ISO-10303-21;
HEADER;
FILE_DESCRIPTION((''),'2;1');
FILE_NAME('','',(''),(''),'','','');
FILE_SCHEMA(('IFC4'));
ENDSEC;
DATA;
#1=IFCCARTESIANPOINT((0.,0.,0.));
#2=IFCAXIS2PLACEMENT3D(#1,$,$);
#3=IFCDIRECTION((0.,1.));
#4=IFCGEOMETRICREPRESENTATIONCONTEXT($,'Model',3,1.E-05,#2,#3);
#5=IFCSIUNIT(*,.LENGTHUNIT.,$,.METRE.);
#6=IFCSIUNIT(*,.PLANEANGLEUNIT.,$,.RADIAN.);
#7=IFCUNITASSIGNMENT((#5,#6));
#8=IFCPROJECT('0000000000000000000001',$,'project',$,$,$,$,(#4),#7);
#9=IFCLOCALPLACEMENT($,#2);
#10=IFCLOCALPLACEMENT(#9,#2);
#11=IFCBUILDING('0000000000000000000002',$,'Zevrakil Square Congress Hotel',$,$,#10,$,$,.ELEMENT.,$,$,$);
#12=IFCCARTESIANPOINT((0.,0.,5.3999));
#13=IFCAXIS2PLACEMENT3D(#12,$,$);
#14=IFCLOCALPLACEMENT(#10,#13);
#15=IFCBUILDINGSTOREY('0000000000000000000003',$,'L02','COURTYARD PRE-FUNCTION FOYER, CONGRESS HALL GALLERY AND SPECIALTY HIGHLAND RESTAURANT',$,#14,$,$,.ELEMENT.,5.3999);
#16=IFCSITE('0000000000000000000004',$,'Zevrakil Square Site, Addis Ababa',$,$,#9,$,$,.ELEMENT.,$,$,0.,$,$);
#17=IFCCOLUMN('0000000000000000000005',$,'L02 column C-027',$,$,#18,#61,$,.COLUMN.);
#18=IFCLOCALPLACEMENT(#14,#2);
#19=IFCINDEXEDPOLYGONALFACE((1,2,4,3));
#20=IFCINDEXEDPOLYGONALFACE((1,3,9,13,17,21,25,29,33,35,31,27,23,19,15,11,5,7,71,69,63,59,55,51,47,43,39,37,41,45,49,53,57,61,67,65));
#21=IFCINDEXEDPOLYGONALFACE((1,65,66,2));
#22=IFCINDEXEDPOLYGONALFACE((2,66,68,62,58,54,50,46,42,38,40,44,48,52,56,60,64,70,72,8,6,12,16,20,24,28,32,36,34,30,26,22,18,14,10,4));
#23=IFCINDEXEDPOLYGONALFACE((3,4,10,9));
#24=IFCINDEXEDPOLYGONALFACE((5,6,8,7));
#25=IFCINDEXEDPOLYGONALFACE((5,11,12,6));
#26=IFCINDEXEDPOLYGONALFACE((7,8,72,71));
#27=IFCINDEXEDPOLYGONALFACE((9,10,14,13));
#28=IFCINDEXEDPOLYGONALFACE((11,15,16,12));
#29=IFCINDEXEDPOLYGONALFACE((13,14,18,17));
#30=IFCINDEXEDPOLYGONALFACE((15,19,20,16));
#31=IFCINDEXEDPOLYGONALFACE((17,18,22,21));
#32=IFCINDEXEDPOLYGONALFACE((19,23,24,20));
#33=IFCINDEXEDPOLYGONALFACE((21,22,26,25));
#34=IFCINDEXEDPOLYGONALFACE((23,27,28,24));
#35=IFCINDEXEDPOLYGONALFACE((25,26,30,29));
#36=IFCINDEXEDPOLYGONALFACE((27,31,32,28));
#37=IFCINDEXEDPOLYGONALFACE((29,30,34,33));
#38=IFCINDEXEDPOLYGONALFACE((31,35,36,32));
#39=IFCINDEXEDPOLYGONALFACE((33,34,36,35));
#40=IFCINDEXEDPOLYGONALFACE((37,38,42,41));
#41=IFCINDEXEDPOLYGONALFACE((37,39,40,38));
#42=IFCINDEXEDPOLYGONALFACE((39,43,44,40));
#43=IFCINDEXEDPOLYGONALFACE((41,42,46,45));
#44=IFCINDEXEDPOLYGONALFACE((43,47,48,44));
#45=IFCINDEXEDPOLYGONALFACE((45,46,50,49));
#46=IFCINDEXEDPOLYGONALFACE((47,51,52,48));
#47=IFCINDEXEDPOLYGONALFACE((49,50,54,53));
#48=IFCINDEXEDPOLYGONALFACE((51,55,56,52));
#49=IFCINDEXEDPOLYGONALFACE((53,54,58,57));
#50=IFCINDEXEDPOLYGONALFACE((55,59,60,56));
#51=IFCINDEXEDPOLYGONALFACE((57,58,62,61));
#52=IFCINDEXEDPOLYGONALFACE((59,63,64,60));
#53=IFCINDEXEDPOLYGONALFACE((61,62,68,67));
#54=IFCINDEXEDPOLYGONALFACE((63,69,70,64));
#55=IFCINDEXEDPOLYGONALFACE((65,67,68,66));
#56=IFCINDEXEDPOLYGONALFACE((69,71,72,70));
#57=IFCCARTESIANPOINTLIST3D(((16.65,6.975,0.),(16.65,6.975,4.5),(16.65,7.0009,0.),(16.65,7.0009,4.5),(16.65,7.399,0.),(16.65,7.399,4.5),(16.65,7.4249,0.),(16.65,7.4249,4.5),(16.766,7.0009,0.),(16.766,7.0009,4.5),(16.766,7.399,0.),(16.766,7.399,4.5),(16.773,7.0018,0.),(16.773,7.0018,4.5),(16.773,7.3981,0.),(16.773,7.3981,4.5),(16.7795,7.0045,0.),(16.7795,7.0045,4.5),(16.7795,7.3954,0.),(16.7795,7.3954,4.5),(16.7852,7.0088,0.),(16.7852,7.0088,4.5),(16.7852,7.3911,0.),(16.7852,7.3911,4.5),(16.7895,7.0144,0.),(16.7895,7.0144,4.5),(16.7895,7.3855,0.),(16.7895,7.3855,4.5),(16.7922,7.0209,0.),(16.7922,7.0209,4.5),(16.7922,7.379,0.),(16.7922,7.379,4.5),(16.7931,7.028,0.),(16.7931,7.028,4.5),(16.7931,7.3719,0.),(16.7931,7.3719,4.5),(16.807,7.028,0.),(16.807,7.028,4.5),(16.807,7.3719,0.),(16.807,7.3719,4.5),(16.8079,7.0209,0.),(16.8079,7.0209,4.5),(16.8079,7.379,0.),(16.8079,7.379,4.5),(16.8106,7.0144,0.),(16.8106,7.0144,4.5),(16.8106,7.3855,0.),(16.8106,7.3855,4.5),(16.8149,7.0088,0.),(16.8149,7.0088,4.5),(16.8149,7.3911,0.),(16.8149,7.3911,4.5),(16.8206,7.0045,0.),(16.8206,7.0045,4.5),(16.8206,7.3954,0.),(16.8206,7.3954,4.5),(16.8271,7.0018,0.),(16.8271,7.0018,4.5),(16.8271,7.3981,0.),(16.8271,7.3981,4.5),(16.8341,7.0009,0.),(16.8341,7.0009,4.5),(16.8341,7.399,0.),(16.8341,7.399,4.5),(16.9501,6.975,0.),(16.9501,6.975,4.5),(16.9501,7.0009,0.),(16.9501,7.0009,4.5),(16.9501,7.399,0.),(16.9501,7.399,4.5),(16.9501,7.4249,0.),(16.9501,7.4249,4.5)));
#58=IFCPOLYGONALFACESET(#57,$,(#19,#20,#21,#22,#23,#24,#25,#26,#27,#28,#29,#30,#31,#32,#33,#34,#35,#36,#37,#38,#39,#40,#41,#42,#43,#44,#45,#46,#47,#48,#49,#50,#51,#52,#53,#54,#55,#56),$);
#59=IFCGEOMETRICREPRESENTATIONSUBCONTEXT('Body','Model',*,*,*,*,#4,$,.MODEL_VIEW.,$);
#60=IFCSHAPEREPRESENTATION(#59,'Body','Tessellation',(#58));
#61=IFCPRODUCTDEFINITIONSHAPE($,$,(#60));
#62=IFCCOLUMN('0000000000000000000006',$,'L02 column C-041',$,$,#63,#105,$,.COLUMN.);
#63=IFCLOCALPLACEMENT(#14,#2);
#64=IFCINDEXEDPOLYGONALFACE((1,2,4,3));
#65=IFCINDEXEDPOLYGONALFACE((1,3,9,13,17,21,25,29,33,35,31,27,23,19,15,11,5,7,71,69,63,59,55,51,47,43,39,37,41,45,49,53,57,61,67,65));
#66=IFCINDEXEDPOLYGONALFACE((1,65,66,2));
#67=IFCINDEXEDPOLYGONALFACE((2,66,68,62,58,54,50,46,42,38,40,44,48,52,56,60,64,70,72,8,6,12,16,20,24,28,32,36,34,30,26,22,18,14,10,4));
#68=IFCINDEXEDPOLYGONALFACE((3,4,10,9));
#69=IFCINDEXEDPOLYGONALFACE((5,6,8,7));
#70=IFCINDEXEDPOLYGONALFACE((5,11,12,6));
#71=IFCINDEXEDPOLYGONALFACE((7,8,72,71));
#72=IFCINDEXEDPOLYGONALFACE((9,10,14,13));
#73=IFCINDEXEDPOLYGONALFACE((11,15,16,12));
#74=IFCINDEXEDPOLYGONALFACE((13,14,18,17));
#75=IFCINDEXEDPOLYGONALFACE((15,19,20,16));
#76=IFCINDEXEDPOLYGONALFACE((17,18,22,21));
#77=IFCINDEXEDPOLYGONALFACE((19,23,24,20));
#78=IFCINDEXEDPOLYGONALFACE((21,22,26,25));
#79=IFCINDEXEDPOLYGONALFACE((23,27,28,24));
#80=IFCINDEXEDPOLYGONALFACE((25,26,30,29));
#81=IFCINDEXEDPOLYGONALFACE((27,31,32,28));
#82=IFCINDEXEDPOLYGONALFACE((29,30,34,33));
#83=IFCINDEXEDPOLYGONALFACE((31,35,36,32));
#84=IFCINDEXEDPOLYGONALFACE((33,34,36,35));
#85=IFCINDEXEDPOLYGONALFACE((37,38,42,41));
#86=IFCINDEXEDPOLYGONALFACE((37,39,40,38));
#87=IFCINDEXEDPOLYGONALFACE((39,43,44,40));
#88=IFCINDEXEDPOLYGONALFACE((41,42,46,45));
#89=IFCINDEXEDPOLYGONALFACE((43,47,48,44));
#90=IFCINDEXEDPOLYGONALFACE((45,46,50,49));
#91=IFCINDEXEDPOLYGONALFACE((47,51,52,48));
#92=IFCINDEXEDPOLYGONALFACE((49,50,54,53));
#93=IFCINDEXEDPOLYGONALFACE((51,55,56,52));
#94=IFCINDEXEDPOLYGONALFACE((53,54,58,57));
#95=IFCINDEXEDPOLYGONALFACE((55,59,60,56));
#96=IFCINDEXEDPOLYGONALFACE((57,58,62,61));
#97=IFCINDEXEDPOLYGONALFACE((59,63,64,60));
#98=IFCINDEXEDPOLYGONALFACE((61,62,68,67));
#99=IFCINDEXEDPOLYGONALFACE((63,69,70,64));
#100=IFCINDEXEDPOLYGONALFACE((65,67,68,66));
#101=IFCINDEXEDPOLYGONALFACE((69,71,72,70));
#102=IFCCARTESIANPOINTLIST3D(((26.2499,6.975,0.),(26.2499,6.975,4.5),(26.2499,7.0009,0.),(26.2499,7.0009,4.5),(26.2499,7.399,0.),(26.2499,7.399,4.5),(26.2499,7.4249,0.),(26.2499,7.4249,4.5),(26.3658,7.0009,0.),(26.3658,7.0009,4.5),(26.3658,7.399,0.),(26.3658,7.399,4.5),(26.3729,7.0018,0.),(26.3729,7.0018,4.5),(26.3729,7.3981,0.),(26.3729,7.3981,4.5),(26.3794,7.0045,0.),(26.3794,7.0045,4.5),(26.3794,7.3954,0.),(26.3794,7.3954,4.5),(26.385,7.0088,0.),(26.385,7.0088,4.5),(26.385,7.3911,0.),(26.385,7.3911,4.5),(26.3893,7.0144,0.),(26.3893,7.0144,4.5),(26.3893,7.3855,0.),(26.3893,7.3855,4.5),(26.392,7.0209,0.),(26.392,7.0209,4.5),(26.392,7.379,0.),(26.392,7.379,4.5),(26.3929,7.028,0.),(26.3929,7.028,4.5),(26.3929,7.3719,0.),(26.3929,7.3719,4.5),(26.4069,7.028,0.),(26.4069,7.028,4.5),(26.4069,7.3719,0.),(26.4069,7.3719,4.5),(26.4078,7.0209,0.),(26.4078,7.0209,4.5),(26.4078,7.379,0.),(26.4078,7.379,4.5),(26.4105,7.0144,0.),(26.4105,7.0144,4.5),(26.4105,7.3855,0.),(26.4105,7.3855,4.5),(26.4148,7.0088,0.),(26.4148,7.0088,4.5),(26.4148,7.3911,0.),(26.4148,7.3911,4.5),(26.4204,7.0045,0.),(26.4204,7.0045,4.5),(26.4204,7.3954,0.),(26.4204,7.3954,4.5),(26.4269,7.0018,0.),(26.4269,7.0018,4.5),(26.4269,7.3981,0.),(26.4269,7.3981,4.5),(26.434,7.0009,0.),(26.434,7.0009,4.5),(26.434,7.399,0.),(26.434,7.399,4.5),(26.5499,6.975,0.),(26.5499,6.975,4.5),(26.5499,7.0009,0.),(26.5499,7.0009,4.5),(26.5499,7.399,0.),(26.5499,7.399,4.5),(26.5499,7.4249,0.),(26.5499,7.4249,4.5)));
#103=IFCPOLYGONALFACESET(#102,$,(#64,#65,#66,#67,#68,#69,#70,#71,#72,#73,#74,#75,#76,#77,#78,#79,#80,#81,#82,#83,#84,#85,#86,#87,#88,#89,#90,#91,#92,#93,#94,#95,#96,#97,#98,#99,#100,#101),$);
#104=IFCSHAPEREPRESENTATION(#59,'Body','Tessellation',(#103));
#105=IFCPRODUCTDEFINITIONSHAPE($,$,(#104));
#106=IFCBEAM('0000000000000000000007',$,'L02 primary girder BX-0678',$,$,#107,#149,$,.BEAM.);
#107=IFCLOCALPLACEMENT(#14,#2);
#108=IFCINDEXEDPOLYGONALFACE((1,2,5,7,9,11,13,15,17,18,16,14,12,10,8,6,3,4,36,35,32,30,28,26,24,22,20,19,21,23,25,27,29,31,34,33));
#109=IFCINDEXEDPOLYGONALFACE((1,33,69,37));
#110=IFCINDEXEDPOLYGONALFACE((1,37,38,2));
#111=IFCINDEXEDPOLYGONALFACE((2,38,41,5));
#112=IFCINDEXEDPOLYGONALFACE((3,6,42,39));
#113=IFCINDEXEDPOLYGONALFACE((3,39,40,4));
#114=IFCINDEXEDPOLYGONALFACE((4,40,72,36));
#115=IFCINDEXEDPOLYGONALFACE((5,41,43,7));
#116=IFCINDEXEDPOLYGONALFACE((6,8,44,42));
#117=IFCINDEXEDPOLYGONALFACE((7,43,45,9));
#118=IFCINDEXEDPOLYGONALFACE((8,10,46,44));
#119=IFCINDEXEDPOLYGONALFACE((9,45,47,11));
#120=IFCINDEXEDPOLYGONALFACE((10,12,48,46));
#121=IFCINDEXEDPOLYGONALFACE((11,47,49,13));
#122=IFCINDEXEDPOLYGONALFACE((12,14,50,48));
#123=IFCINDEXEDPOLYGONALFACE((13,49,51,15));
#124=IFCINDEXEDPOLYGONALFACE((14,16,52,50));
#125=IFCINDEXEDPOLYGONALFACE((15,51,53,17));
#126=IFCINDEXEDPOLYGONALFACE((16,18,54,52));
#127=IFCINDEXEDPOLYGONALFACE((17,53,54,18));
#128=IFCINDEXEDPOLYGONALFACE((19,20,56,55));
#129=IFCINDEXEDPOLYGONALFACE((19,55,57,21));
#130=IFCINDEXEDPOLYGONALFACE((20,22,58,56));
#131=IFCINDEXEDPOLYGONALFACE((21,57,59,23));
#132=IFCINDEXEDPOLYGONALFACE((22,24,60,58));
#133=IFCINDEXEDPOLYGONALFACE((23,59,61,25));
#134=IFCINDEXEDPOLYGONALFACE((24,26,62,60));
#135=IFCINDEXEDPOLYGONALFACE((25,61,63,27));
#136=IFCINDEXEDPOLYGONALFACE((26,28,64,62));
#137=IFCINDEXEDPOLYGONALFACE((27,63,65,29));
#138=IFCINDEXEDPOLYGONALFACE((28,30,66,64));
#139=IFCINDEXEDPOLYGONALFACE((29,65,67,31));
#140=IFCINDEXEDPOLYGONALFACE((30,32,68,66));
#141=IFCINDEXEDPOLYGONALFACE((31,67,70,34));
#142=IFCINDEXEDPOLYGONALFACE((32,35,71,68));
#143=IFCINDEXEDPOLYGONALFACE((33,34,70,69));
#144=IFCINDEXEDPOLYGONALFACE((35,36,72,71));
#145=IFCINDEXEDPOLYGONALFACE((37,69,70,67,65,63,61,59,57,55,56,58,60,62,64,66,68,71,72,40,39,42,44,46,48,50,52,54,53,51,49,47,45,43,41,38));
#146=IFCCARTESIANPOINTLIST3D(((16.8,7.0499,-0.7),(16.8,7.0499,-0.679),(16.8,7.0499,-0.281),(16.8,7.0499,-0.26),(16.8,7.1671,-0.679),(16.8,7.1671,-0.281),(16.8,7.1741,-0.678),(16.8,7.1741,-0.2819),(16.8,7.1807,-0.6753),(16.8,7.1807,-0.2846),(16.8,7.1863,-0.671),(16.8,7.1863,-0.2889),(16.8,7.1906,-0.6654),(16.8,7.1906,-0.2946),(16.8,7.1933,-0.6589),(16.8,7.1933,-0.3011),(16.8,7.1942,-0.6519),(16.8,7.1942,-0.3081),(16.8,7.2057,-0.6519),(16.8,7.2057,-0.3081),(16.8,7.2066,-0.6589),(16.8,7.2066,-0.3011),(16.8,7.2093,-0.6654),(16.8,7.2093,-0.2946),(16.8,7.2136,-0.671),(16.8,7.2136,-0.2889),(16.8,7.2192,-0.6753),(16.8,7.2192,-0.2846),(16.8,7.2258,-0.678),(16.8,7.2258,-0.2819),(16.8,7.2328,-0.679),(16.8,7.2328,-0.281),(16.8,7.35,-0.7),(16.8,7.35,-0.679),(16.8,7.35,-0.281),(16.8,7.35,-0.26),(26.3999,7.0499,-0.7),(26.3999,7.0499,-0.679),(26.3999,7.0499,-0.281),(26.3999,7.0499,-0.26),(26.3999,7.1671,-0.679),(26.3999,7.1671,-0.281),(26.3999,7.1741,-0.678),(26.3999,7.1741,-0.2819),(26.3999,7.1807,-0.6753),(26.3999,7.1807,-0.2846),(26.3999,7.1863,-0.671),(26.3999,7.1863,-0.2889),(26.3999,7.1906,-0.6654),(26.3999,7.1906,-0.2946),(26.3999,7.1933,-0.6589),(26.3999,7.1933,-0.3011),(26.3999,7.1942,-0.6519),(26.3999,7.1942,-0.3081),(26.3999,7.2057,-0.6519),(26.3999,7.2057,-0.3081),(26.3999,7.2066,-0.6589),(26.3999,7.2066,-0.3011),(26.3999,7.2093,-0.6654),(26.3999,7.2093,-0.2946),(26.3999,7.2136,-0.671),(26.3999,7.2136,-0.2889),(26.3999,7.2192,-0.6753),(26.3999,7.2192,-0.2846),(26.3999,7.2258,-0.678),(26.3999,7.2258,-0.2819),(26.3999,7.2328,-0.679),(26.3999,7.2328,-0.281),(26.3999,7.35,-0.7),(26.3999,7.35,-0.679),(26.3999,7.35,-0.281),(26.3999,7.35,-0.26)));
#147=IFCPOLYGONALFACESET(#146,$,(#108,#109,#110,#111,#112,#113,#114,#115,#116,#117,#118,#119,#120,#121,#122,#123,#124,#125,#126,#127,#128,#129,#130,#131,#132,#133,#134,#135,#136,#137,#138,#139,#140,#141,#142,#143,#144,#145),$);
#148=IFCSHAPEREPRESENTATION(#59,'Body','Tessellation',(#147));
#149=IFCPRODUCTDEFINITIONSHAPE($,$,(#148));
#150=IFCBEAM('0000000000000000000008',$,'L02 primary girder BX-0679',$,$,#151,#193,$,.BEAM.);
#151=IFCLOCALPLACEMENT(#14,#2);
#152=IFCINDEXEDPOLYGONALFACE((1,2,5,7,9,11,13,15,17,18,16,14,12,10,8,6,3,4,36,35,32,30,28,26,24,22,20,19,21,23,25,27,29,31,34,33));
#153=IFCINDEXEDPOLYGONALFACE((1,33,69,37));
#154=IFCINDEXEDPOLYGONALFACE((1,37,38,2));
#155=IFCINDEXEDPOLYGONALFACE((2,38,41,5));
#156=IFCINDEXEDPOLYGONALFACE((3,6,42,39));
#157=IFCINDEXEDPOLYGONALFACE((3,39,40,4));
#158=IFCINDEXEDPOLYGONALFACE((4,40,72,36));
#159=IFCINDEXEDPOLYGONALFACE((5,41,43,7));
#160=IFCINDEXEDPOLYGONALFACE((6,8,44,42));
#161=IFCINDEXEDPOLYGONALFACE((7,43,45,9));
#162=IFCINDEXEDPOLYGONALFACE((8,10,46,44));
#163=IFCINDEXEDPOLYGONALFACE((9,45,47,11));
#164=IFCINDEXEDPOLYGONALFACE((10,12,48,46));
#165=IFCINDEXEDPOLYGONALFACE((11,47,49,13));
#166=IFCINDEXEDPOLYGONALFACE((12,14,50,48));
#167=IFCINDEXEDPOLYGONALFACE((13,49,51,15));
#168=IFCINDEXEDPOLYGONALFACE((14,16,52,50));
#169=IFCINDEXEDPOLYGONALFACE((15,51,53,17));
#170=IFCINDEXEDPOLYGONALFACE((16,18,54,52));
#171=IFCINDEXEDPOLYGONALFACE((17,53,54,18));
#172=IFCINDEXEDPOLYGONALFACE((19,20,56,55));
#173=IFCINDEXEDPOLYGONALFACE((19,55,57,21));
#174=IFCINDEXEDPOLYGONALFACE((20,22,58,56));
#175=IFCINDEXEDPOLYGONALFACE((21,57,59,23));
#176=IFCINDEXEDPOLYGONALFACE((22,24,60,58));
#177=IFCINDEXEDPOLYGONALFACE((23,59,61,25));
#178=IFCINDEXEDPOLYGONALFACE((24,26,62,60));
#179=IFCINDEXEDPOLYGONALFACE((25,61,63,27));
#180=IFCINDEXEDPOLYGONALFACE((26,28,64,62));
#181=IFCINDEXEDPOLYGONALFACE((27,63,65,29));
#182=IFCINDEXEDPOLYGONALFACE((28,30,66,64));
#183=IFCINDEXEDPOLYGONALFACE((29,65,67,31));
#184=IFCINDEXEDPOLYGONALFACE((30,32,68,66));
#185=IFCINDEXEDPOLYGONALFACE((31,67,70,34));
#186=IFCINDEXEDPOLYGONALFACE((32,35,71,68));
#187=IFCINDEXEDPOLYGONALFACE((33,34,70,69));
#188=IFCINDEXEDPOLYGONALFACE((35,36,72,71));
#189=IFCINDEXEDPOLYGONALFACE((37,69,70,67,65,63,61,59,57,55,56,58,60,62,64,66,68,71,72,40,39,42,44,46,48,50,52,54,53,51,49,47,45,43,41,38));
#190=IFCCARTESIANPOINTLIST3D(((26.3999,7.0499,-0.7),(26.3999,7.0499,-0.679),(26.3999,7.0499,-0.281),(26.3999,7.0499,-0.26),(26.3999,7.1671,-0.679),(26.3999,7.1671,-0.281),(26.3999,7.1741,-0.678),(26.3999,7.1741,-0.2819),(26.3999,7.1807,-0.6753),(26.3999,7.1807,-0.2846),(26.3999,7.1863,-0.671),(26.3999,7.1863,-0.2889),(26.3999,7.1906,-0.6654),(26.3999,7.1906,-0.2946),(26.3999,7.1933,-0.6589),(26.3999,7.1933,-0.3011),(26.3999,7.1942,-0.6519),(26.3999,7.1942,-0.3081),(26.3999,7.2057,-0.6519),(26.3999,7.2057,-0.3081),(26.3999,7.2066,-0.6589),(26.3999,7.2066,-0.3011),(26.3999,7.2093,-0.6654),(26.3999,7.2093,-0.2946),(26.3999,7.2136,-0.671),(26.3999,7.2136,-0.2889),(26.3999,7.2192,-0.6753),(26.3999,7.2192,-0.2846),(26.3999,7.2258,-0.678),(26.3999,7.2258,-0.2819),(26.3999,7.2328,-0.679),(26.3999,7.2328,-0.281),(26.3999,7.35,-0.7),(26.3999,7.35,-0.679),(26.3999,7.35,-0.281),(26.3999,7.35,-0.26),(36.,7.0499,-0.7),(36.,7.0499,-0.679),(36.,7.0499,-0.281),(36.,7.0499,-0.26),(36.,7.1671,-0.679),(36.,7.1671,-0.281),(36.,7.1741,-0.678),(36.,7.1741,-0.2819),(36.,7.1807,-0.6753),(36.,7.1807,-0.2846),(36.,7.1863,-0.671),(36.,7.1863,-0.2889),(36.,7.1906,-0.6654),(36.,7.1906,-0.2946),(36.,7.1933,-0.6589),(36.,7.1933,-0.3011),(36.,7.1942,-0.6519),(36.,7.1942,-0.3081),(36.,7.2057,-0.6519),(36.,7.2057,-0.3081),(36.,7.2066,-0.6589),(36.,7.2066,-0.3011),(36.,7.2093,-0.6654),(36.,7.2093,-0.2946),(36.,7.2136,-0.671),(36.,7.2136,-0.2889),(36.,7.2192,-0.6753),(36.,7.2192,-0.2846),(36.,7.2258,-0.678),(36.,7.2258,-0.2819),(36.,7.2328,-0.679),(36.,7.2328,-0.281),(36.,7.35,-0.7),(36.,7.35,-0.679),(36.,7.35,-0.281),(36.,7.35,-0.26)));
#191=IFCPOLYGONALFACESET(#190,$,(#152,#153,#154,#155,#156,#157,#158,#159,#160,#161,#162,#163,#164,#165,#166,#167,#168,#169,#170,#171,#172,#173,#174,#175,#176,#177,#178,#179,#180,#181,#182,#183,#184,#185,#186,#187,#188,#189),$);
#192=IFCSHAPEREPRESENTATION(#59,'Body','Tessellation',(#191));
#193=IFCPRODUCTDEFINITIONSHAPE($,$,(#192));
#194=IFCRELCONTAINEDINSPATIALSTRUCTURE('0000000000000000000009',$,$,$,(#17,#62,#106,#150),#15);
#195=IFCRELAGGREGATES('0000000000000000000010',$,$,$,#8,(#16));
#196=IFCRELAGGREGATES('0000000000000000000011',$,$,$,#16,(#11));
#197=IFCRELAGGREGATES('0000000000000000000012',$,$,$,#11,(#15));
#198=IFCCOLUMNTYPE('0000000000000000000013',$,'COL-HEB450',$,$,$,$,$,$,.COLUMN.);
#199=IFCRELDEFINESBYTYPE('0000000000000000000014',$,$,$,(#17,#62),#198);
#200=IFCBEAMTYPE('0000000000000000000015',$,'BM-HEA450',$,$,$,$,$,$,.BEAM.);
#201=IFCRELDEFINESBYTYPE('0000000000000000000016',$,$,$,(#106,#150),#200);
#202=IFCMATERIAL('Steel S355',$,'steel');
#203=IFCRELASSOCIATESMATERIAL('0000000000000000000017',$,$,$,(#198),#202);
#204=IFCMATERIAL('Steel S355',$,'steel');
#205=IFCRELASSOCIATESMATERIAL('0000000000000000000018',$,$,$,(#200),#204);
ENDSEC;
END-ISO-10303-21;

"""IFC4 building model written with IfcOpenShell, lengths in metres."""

from ifc_helpers import new_model, si_unit, direction, frame, origin, origin_2d, place, context, subcontext, project, spatial, i_section, extrude, material, material_profile, profile_set, type_object, element, save


model = new_model("IFC4")

# Units and contexts
model_context = context("Model", 3, precision=1e-05, world=origin(), true_north=direction((0.0, 1.0)))
body_context = subcontext(model_context, "Body", "Model", "MODEL_VIEW")
ifc_project = project(units=[si_unit("LENGTHUNIT", "METRE"), si_unit("PLANEANGLEUNIT", "RADIAN")], contexts=[model_context])

# Site, building, storey
site_placement = place(None, origin())
site = spatial("IfcSite", under=ifc_project, at=site_placement, Name="Zevrakil Square Site, Addis Ababa", CompositionType="ELEMENT", RefElevation=0.0)
building_placement = place(site_placement, origin())
building = spatial("IfcBuilding", under=site, at=building_placement, Name="Zevrakil Square Congress Hotel", CompositionType="ELEMENT")
storey_placement = place(building_placement, frame((0.0, 0.0, 5.3999)))
storey = spatial("IfcBuildingStorey", under=building, at=storey_placement, Name="L02", Description="COURTYARD PRE-FUNCTION FOYER, CONGRESS HALL GALLERY AND SPECIALTY HIGHLAND RESTAURANT", CompositionType="ELEMENT", Elevation=5.3999)

# Columns
ifc_material_1 = material(Name="Steel S355", Category="steel")
ifc_material_profile_1 = material_profile(ifc_material_1, i_section(OverallWidth=0.3, OverallDepth=0.45, WebThickness=0.0139, FlangeThickness=0.0259, FilletRadius=0.0271, at=origin_2d()), Name="HEB 450")
ifc_profile_set_1 = profile_set([ifc_material_profile_1], Name="Steel S355")
column_type = type_object("IfcColumnType", Name="COL-HEB450", PredefinedType="COLUMN", material=ifc_profile_set_1)
for number, where, z_axis, x_axis, name in (
    (1, (16.8, 7.2, 0.0), (0.0, 0.0, 1.0), (1.0, 0.0, 0.0), "L02 column C-027"),
    (2, (26.3999, 7.2, 0.0), (0.0, 0.0, 1.0), (1.0, 0.0, 0.0), "L02 column C-041"),
):
    element("IfcColumn", number, at=place(storey_placement, frame(where, z_axis=z_axis, x_axis=x_axis)), inside=storey, type_object=column_type, Name=name, PredefinedType="COLUMN", context=body_context, shape_type="SweptSolid", body=[
        extrude(i_section(OverallWidth=0.3, OverallDepth=0.45, WebThickness=0.0139, FlangeThickness=0.0259, FilletRadius=0.0271, at=origin_2d()), origin(), (0.0, 0.0, 1.0), 4.5),
    ])

# Beams
ifc_material_2 = material(Name="Steel S355", Category="steel")
ifc_material_profile_2 = material_profile(ifc_material_2, i_section(OverallWidth=0.3, OverallDepth=0.4399, WebThickness=0.0115, FlangeThickness=0.021, FilletRadius=0.0271, at=origin_2d()), Name="HEA 450")
ifc_profile_set_2 = profile_set([ifc_material_profile_2], Name="Steel S355")
beam_type_1 = type_object("IfcBeamType", Name="BM-HEA450", PredefinedType="BEAM", material=ifc_profile_set_2)
beam_1_placement = place(storey_placement, frame((16.8, 7.2, -0.48), z_axis=(1.0, 0.0, 0.0), x_axis=(0.0, 1.0, 0.0)))
element("IfcBeam", 3, at=beam_1_placement, inside=storey, type_object=beam_type_1, Name="L02 primary girder BX-0678", PredefinedType="BEAM", context=body_context, shape_type="SweptSolid", body=[
    extrude(i_section(OverallWidth=0.3, OverallDepth=0.4399, WebThickness=0.0115, FlangeThickness=0.021, FilletRadius=0.0271, at=origin_2d()), origin(), (0.0, 0.0, 1.0), 9.5999),
])
beam_2_placement = place(storey_placement, frame((26.3999, 7.2, -0.48), z_axis=(1.0, 0.0, 0.0), x_axis=(0.0, 1.0, 0.0)))
element("IfcBeam", 4, at=beam_2_placement, inside=storey, type_object=beam_type_1, Name="L02 primary girder BX-0679", PredefinedType="BEAM", context=body_context, shape_type="SweptSolid", body=[
    extrude(i_section(OverallWidth=0.3, OverallDepth=0.4399, WebThickness=0.0115, FlangeThickness=0.021, FilletRadius=0.0271, at=origin_2d()), origin(), (0.0, 0.0, 1.0), 9.6001),
])

save(model, "model.ifc")
